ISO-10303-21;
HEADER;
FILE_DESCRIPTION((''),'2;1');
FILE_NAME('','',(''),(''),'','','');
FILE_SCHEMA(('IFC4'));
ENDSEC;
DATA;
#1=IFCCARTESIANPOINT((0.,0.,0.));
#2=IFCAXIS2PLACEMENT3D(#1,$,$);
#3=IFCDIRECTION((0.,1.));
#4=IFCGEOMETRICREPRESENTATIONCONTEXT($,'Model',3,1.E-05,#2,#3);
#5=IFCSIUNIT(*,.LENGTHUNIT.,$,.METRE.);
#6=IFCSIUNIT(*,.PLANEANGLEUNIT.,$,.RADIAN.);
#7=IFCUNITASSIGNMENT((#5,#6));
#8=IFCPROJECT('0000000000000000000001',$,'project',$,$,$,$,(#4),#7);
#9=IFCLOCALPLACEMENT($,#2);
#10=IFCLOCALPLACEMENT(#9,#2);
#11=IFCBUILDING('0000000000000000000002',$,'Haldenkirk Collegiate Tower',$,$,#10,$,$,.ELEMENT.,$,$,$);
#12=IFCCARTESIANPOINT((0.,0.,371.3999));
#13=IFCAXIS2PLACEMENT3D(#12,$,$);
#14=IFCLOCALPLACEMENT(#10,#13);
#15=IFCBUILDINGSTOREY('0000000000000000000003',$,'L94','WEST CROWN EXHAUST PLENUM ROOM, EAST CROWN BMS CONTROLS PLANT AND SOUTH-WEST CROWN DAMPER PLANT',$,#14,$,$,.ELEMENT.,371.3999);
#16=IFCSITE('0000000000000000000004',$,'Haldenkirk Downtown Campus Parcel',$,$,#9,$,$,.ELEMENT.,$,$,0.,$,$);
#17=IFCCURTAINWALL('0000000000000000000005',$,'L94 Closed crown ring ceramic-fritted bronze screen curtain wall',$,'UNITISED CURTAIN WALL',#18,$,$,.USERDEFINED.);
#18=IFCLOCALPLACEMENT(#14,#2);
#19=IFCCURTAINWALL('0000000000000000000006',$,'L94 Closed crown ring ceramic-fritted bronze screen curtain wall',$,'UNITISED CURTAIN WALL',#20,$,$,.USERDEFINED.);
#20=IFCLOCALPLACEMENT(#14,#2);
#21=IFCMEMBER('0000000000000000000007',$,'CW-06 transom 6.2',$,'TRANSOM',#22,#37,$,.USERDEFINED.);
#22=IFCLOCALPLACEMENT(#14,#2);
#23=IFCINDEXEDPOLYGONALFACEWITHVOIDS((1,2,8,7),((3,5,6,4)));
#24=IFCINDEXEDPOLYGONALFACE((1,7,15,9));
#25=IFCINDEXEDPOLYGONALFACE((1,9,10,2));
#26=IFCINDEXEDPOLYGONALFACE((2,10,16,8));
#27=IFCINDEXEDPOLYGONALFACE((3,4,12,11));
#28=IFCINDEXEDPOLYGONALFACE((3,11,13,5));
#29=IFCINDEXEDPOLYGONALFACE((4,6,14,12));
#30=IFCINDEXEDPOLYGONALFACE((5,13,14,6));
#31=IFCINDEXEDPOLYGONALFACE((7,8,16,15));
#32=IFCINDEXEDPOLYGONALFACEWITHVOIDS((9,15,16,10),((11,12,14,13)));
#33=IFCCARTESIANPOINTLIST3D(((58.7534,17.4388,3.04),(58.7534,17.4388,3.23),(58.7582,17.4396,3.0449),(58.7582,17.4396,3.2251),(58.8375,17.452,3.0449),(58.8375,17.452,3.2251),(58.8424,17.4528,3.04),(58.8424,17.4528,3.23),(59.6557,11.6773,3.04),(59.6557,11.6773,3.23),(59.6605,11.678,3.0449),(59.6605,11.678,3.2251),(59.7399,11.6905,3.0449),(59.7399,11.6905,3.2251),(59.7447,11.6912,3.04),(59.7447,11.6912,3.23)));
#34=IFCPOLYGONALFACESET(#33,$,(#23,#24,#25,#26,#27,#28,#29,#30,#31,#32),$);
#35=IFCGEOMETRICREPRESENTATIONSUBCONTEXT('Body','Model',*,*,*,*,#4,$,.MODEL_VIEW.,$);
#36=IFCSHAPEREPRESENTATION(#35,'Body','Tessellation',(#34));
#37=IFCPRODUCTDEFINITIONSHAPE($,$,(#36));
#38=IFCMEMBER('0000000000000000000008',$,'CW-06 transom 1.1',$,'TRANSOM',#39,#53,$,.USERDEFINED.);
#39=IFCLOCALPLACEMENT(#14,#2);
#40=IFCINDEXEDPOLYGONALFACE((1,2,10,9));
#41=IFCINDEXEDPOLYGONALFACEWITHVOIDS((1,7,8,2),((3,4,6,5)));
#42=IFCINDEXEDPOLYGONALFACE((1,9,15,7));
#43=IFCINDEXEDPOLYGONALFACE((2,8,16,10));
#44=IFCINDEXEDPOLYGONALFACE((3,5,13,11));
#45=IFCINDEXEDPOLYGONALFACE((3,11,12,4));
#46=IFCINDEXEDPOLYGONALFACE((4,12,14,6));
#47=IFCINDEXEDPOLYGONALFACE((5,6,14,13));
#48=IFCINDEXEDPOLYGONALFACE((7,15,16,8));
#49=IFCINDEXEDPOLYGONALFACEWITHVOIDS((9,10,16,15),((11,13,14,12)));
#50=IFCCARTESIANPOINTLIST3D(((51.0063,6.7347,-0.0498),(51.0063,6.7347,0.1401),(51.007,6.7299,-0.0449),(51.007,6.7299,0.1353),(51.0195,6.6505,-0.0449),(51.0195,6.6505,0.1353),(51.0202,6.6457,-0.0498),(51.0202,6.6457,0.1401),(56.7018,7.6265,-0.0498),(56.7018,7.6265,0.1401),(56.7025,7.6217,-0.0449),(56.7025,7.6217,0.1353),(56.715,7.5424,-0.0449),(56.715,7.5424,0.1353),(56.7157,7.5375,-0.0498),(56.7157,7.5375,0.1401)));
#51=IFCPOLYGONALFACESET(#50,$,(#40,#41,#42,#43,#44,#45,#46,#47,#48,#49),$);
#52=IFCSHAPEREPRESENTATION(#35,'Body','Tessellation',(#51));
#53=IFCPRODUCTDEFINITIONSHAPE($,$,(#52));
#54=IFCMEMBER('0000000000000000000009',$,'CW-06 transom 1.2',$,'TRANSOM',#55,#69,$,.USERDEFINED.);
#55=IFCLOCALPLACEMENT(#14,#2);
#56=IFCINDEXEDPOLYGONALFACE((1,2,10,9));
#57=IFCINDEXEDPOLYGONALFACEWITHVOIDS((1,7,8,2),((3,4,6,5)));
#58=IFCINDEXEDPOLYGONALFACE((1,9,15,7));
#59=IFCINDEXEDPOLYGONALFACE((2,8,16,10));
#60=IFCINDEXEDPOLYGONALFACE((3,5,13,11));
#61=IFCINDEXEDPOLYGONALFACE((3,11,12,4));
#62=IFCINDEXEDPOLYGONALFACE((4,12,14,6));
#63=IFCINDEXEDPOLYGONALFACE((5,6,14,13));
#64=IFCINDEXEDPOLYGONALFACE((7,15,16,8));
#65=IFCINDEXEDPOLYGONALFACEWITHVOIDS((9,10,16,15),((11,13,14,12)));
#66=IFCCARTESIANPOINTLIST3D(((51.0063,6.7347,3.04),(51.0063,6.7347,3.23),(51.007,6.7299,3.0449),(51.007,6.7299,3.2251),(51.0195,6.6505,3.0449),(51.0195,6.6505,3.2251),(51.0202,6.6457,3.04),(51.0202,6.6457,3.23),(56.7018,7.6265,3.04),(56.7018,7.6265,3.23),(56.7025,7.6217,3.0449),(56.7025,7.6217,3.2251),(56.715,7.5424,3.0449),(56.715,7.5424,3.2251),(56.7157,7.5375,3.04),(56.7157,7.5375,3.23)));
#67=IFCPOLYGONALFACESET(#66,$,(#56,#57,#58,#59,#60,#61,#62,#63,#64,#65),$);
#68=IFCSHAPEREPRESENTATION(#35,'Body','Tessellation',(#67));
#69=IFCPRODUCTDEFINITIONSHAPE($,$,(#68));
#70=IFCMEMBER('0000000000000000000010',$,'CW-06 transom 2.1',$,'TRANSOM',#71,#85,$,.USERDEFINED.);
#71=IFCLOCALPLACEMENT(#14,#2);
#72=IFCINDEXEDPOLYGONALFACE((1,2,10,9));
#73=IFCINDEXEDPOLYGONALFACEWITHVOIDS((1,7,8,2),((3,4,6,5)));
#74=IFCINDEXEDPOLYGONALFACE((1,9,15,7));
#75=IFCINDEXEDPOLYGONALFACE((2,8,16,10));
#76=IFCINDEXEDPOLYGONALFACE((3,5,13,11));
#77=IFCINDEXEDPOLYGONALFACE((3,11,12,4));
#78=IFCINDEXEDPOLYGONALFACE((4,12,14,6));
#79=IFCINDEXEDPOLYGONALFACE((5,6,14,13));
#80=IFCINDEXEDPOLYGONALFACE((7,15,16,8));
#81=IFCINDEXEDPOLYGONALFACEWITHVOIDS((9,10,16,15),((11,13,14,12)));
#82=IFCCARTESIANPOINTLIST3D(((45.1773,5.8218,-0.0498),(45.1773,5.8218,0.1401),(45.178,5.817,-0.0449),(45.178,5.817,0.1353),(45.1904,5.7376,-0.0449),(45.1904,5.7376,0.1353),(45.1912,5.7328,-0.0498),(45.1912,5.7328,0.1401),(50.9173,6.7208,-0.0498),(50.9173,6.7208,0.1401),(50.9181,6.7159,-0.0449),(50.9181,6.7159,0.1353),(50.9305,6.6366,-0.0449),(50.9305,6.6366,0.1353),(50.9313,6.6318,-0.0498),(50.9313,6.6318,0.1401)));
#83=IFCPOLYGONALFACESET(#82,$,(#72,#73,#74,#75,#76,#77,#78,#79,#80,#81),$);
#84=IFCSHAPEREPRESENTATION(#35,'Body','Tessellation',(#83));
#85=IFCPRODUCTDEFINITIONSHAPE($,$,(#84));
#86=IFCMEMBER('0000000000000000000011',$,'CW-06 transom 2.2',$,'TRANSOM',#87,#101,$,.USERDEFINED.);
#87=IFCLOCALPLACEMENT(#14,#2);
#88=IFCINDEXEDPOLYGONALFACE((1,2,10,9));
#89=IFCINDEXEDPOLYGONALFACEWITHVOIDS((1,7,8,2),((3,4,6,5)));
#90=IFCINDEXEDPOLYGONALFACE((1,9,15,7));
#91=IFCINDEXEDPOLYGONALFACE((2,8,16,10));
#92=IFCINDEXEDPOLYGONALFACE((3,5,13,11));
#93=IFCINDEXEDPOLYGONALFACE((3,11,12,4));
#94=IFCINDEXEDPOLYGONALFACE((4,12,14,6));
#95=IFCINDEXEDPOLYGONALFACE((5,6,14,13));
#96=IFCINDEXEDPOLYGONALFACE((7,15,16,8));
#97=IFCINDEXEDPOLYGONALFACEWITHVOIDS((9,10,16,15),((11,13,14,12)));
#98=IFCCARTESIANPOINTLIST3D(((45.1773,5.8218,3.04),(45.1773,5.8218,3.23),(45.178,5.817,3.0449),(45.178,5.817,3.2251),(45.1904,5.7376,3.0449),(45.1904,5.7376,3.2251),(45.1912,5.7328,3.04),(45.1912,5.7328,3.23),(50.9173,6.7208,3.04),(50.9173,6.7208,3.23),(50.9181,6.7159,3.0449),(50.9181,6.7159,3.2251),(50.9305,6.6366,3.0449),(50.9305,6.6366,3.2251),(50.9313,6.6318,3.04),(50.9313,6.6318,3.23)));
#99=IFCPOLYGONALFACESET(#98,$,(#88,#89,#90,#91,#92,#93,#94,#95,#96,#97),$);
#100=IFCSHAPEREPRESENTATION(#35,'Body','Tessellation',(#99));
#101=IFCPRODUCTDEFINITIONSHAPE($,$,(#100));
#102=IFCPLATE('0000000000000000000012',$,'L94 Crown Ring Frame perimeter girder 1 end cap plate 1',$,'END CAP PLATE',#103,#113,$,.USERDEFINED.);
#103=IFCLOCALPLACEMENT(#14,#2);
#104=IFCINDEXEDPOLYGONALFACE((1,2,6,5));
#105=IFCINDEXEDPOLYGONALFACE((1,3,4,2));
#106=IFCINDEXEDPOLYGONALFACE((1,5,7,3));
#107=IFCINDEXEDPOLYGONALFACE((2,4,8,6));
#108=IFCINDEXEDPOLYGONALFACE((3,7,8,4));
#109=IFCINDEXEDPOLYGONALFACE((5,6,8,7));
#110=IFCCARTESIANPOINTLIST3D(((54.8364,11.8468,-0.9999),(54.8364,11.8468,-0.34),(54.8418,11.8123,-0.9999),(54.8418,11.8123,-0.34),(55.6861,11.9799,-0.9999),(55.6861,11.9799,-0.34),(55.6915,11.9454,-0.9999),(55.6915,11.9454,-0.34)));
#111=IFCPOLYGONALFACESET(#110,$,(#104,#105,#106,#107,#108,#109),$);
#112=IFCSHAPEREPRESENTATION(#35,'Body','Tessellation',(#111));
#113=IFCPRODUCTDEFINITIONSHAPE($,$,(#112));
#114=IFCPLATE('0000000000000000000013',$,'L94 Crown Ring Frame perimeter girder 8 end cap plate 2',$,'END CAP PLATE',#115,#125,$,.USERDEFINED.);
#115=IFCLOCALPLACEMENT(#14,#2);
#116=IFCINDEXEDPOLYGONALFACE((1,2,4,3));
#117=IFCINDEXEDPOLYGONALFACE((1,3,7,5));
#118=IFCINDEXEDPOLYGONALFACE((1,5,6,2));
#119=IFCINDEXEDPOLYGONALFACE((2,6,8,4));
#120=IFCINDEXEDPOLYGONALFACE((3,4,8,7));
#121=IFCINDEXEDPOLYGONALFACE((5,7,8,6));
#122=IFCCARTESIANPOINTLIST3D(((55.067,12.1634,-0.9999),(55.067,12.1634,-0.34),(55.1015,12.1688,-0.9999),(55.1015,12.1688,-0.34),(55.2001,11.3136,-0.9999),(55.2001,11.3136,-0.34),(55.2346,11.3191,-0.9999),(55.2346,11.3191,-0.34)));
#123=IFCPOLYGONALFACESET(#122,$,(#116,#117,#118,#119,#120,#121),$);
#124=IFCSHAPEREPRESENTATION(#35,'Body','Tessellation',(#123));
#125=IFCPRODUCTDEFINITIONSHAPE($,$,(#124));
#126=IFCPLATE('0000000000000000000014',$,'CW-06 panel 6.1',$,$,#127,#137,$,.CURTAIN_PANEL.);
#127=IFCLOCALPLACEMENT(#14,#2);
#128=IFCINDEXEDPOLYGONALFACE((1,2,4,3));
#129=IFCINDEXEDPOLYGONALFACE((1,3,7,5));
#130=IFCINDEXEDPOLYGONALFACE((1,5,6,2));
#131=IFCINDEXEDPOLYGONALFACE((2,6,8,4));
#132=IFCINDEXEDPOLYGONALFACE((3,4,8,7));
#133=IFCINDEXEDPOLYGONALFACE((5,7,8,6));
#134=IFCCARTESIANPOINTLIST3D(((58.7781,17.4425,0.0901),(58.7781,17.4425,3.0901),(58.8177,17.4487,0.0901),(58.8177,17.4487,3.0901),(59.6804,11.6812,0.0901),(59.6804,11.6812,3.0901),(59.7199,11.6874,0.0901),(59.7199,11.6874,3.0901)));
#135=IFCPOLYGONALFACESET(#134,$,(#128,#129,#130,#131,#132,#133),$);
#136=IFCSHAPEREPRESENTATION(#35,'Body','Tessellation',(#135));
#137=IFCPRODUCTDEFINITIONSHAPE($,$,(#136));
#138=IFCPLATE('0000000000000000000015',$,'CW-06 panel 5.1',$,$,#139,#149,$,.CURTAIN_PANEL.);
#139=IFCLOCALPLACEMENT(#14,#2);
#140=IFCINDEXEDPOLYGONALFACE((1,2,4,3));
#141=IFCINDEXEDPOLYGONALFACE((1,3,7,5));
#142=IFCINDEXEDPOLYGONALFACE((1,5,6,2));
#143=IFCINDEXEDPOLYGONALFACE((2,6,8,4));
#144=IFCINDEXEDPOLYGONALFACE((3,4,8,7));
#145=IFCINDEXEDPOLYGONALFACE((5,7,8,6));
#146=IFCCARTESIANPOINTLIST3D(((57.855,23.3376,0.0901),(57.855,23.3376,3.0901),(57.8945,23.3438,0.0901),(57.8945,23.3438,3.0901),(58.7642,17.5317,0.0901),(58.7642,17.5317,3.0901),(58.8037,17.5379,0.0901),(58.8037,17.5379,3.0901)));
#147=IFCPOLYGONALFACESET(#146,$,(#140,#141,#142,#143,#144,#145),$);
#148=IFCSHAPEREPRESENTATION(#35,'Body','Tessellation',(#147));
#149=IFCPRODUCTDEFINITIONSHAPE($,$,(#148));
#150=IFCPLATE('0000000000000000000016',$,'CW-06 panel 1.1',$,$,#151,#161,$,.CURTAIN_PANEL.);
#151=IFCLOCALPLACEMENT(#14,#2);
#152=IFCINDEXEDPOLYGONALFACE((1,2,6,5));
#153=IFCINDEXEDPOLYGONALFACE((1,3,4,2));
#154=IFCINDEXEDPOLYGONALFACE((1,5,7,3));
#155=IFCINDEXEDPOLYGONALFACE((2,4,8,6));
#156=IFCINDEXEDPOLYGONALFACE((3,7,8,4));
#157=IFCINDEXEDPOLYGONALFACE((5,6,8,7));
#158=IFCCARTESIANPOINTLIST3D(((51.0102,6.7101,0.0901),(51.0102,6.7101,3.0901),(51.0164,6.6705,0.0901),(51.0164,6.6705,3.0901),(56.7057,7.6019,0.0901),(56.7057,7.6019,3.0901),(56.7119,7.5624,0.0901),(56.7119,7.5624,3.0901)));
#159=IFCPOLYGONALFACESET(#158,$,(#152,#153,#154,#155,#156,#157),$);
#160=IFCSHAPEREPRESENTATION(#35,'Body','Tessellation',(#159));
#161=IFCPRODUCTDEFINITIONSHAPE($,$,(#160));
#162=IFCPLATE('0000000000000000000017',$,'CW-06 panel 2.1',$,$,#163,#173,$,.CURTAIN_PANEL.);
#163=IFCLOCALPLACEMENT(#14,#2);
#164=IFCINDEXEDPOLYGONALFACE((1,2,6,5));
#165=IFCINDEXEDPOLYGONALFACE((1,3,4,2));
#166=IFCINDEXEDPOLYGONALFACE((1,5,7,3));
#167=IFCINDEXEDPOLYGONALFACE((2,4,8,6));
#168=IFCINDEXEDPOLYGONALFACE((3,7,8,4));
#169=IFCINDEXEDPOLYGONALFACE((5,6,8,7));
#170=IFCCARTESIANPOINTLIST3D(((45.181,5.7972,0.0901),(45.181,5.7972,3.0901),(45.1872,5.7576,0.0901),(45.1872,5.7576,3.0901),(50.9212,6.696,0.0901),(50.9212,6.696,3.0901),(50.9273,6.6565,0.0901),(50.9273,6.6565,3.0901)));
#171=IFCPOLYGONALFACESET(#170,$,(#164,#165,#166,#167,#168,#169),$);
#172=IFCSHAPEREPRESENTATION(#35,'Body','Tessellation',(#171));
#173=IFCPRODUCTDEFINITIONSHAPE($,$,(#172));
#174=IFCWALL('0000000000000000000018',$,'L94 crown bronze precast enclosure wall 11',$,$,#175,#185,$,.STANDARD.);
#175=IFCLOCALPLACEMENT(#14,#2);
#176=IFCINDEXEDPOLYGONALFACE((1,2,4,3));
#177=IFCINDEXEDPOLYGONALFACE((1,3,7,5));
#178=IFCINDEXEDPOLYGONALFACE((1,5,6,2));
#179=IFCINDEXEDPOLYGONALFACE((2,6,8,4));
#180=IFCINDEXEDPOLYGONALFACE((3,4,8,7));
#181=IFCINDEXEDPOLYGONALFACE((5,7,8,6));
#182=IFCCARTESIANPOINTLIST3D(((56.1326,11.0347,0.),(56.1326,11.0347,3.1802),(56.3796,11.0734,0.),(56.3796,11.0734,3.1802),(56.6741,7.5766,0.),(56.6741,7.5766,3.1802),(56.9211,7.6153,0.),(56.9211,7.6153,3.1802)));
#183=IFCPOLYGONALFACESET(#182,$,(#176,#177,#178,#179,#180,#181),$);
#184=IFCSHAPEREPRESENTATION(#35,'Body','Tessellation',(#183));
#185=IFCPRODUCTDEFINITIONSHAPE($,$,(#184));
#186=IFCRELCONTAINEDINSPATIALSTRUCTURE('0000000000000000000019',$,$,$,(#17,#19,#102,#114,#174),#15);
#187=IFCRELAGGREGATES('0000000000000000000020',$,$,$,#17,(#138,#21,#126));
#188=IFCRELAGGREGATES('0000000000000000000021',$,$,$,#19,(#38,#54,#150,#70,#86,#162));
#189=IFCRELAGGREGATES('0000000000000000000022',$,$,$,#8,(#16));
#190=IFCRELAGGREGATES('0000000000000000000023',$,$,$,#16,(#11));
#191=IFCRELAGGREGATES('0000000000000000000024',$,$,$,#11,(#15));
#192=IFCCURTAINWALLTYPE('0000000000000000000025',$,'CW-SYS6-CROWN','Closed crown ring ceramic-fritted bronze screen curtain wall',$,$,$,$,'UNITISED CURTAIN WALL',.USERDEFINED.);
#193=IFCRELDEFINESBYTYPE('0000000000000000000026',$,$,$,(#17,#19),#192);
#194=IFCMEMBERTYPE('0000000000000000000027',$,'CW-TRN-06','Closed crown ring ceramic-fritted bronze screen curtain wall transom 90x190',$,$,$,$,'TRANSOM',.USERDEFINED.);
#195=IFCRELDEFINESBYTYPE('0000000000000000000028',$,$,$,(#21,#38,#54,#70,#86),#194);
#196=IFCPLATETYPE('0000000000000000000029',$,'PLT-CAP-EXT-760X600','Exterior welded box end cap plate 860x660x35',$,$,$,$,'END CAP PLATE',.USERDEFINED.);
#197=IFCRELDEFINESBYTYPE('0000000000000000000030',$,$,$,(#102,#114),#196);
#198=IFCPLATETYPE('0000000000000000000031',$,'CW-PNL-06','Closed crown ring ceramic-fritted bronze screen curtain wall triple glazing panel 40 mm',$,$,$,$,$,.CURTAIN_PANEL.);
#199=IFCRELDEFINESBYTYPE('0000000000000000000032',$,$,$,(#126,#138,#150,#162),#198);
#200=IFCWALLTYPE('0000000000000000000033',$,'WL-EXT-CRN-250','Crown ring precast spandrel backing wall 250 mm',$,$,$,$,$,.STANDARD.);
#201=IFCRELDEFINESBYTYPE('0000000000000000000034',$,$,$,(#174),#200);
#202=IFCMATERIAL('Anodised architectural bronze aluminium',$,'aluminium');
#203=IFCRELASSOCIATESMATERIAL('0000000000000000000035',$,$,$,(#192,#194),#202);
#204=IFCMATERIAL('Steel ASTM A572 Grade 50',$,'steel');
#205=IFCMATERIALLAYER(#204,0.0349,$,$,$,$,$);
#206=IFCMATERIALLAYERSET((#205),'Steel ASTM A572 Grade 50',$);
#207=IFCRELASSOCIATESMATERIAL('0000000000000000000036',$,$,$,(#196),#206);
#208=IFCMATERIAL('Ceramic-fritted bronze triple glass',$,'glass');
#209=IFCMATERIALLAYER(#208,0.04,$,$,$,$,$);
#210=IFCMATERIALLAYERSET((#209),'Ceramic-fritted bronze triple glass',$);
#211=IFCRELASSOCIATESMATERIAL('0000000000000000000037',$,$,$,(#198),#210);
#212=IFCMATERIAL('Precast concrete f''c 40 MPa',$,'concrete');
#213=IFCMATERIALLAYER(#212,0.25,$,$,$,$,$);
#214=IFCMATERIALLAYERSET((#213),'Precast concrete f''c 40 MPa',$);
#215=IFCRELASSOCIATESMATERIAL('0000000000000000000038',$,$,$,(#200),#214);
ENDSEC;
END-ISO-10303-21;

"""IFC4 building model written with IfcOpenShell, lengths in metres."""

from ifc_helpers import new_model, si_unit, direction, frame, frame_2d, origin, origin_2d, place, context, subcontext, project, spatial, rectangle, hollow_rectangle, extrude, source, transform, mapped, material, layer, layer_set, material_profile, profile_set, type_object, element, aggregate, save


model = new_model("IFC4")

# Units and contexts
model_context = context("Model", 3, precision=1e-05, world=origin(), true_north=direction((0.0, 1.0)))
body_context = subcontext(model_context, "Body", "Model", "MODEL_VIEW")
ifc_project = project(units=[si_unit("LENGTHUNIT", "METRE"), si_unit("PLANEANGLEUNIT", "RADIAN")], contexts=[model_context])

# Site, building, storey
site_placement = place(None, origin())
site = spatial("IfcSite", under=ifc_project, at=site_placement, Name="Haldenkirk Downtown Campus Parcel", CompositionType="ELEMENT", RefElevation=0.0)
building_placement = place(site_placement, origin())
building = spatial("IfcBuilding", under=site, at=building_placement, Name="Haldenkirk Collegiate Tower", CompositionType="ELEMENT")
storey_placement = place(building_placement, frame((0.0, 0.0, 371.3999)))
storey = spatial("IfcBuildingStorey", under=building, at=storey_placement, Name="L94", Description="WEST CROWN EXHAUST PLENUM ROOM, EAST CROWN BMS CONTROLS PLANT AND SOUTH-WEST CROWN DAMPER PLANT", CompositionType="ELEMENT", Elevation=371.3999)

# Shared definitions
ifc_material_1 = material(Name="Steel ASTM A572 Grade 50", Category="steel")

# Curtain walls
ifc_material_2 = material(Name="Anodised architectural bronze aluminium", Category="aluminium")
curtain_wall_type = type_object("IfcCurtainWallType", Name="CW-SYS6-CROWN", Description="Closed crown ring ceramic-fritted bronze screen curtain wall", ElementType="UNITISED CURTAIN WALL", PredefinedType="USERDEFINED", material=ifc_material_2)
curtain_wall_1_placement = place(storey_placement, origin())
curtain_wall_1 = element("IfcCurtainWall", 1, at=curtain_wall_1_placement, inside=storey, type_object=curtain_wall_type, Name="L94 Closed crown ring ceramic-fritted bronze screen curtain wall", ObjectType="UNITISED CURTAIN WALL", PredefinedType="USERDEFINED")
curtain_wall_2_placement = place(storey_placement, origin())
curtain_wall_2 = element("IfcCurtainWall", 2, at=curtain_wall_2_placement, inside=storey, type_object=curtain_wall_type, Name="L94 Closed crown ring ceramic-fritted bronze screen curtain wall", ObjectType="UNITISED CURTAIN WALL", PredefinedType="USERDEFINED")

# Members
ifc_material_profile_1 = material_profile(ifc_material_2, hollow_rectangle(XDim=0.0901, YDim=0.1899, WallThickness=0.0049, at=origin_2d()), Name="CW-TRN-06")
ifc_profile_set_1 = profile_set([ifc_material_profile_1], Name="Anodised architectural bronze aluminium")
member_type_1 = type_object("IfcMemberType", Name="CW-TRN-06", Description="Closed crown ring ceramic-fritted bronze screen curtain wall transom 90x190", ElementType="TRANSOM", PredefinedType="USERDEFINED", material=ifc_profile_set_1)
member_1_placement = place(storey_placement, frame((58.7979, 17.4458, 3.135), z_axis=(0.154731, -0.987957, 0.0), x_axis=(0.987957, 0.154731, 0.0)))
member_1 = element("IfcMember", 3, at=member_1_placement, type_object=member_type_1, Name="CW-06 transom 6.2", ObjectType="TRANSOM", PredefinedType="USERDEFINED", context=body_context, shape_type="SweptSolid", body=[
    extrude(hollow_rectangle(XDim=0.0901, YDim=0.1899, WallThickness=0.0049, at=origin_2d()), origin(), (0.0, 0.0, 1.0), 5.8318),
])
member_2_placement = place(storey_placement, frame((56.7087, 7.582, 0.0452), z_axis=(-0.987961, -0.154701, 0.0), x_axis=(0.154701, -0.987961, 0.0)))
member_2 = element("IfcMember", 4, at=member_2_placement, type_object=member_type_1, Name="CW-06 transom 1.1", ObjectType="TRANSOM", PredefinedType="USERDEFINED", context=body_context, shape_type="SweptSolid", body=[
    extrude(hollow_rectangle(XDim=0.0901, YDim=0.1899, WallThickness=0.0049, at=origin_2d()), origin(), (0.0, 0.0, 1.0), 5.7649),
])
member_3_placement = place(storey_placement, frame((56.7087, 7.582, 3.135), z_axis=(-0.987961, -0.154701, 0.0), x_axis=(0.154701, -0.987961, 0.0)))
member_3 = element("IfcMember", 5, at=member_3_placement, type_object=member_type_1, Name="CW-06 transom 1.2", ObjectType="TRANSOM", PredefinedType="USERDEFINED", context=body_context, shape_type="SweptSolid", body=[
    extrude(hollow_rectangle(XDim=0.0901, YDim=0.1899, WallThickness=0.0049, at=origin_2d()), origin(), (0.0, 0.0, 1.0), 5.7649),
])
member_4_placement = place(storey_placement, frame((50.9243, 6.6763, 0.0452), z_axis=(-0.987958, -0.154722, 0.0), x_axis=(0.154722, -0.987958, 0.0)))
member_4 = element("IfcMember", 6, at=member_4_placement, type_object=member_type_1, Name="CW-06 transom 2.1", ObjectType="TRANSOM", PredefinedType="USERDEFINED", context=body_context, shape_type="SweptSolid", body=[
    extrude(hollow_rectangle(XDim=0.0901, YDim=0.1899, WallThickness=0.0049, at=origin_2d()), origin(), (0.0, 0.0, 1.0), 5.8101),
])
member_5_placement = place(storey_placement, frame((50.9243, 6.6763, 3.135), z_axis=(-0.987958, -0.154722, 0.0), x_axis=(0.154722, -0.987958, 0.0)))
member_5 = element("IfcMember", 7, at=member_5_placement, type_object=member_type_1, Name="CW-06 transom 2.2", ObjectType="TRANSOM", PredefinedType="USERDEFINED", context=body_context, shape_type="SweptSolid", body=[
    extrude(hollow_rectangle(XDim=0.0901, YDim=0.1899, WallThickness=0.0049, at=origin_2d()), origin(), (0.0, 0.0, 1.0), 5.8101),
])

# Plates
ifc_layer_1 = layer(ifc_material_1, 0.0349)
ifc_layer_set_1 = layer_set([ifc_layer_1], Name="Steel ASTM A572 Grade 50")
plate_type_1 = type_object("IfcPlateType", Name="PLT-CAP-EXT-760X600", Description="Exterior welded box end cap plate 860x660x35", ElementType="END CAP PLATE", PredefinedType="USERDEFINED", material=ifc_layer_set_1)
shared_shape_1 = source(origin(), body_context, "Body", "SweptSolid", [
    extrude(rectangle(XDim=0.8601, YDim=0.6599, at=origin_2d()), origin(), (0.0, 0.0, 1.0), 0.0349),
])
for number, where, z_axis, x_axis, name in (
    (8, (55.2612, 11.9133, -0.6699), (0.154711, -0.98796, 0.0), (0.98796, 0.154711, 0.0), "L94 Crown Ring Frame perimeter girder 1 end cap plate 1"),
    (9, (55.1335, 11.7385, -0.6699), (0.987959, 0.154713, 0.0), (-0.154713, 0.987959, 0.0), "L94 Crown Ring Frame perimeter girder 8 end cap plate 2"),
):
    element("IfcPlate", number, at=place(storey_placement, frame(where, z_axis=z_axis, x_axis=x_axis)), inside=storey, type_object=plate_type_1, Name=name, ObjectType="END CAP PLATE", PredefinedType="USERDEFINED", context=body_context, shape_type="MappedRepresentation", body=[
        mapped(shared_shape_1, transform((0.0, 0.0, 0.0), x_axis=(1.0, 0.0, 0.0), y_axis=(0.0, 1.0, 0.0), z_axis=(0.0, 0.0, 1.0), scale=1.0)),
    ])

# Plates
ifc_material_3 = material(Name="Ceramic-fritted bronze triple glass", Category="glass")
ifc_layer_2 = layer(ifc_material_3, 0.04)
ifc_layer_set_2 = layer_set([ifc_layer_2], Name="Ceramic-fritted bronze triple glass")
plate_type_2 = type_object("IfcPlateType", Name="CW-PNL-06", Description="Closed crown ring ceramic-fritted bronze screen curtain wall triple glazing panel 40 mm", PredefinedType="CURTAIN_PANEL", material=ifc_layer_set_2)
shared_shape_2 = source(origin(), body_context, "Body", "SweptSolid", [
    extrude(rectangle(XDim=5.8315, YDim=0.04, at=origin_2d()), origin(), (0.0, 0.0, 1.0), 3.0),
])
plate_1_placement = place(storey_placement, frame((59.249, 14.5649, 0.0901), z_axis=(0.0, 0.0, 1.0), x_axis=(0.154713, -0.98796, 0.0)))
plate_1 = element("IfcPlate", 10, at=plate_1_placement, type_object=plate_type_2, Name="CW-06 panel 6.1", PredefinedType="CURTAIN_PANEL", context=body_context, shape_type="MappedRepresentation", body=[
    mapped(shared_shape_2, transform((0.0, 0.0, 0.0), x_axis=(1.0, 0.0, 0.0), y_axis=(0.0, 1.0, 0.0), z_axis=(0.0, 0.0, 1.0), scale=1.0)),
])
shared_shape_3 = source(origin(), body_context, "Body", "SweptSolid", [
    extrude(rectangle(XDim=5.8767, YDim=0.04, at=origin_2d()), origin(), (0.0, 0.0, 1.0), 3.0),
])
plate_2_placement = place(storey_placement, frame((58.3293, 20.4377, 0.0901), z_axis=(0.0, 0.0, 1.0), x_axis=(0.154713, -0.98796, 0.0)))
plate_2 = element("IfcPlate", 11, at=plate_2_placement, type_object=plate_type_2, Name="CW-06 panel 5.1", PredefinedType="CURTAIN_PANEL", context=body_context, shape_type="MappedRepresentation", body=[
    mapped(shared_shape_3, transform((0.0, 0.0, 0.0), x_axis=(1.0, 0.0, 0.0), y_axis=(0.0, 1.0, 0.0), z_axis=(0.0, 0.0, 1.0), scale=1.0)),
])
aggregate(curtain_wall_1, [plate_2, member_1, plate_1])
shared_shape_4 = source(origin(), body_context, "Body", "SweptSolid", [
    extrude(rectangle(XDim=5.7649, YDim=0.04, at=origin_2d()), origin(), (0.0, 0.0, 1.0), 3.0),
])
plate_3_placement = place(storey_placement, frame((53.8611, 7.1362, 0.0901), z_axis=(0.0, 0.0, 1.0), x_axis=(-0.98796, -0.154709, 0.0)))
plate_3 = element("IfcPlate", 12, at=plate_3_placement, type_object=plate_type_2, Name="CW-06 panel 1.1", PredefinedType="CURTAIN_PANEL", context=body_context, shape_type="MappedRepresentation", body=[
    mapped(shared_shape_4, transform((0.0, 0.0, 0.0), x_axis=(1.0, 0.0, 0.0), y_axis=(0.0, 1.0, 0.0), z_axis=(0.0, 0.0, 1.0), scale=1.0)),
])
shared_shape_5 = source(origin(), body_context, "Body", "SweptSolid", [
    extrude(rectangle(XDim=5.8101, YDim=0.04, at=origin_2d()), origin(), (0.0, 0.0, 1.0), 3.0),
])
plate_4_placement = place(storey_placement, frame((48.0542, 6.2268, 0.0901), z_axis=(0.0, 0.0, 1.0), x_axis=(-0.98796, -0.154709, 0.0)))
plate_4 = element("IfcPlate", 13, at=plate_4_placement, type_object=plate_type_2, Name="CW-06 panel 2.1", PredefinedType="CURTAIN_PANEL", context=body_context, shape_type="MappedRepresentation", body=[
    mapped(shared_shape_5, transform((0.0, 0.0, 0.0), x_axis=(1.0, 0.0, 0.0), y_axis=(0.0, 1.0, 0.0), z_axis=(0.0, 0.0, 1.0), scale=1.0)),
])
aggregate(curtain_wall_2, [member_2, member_3, plate_3, member_4, member_5, plate_4])

# Wall
ifc_material_4 = material(Name="Precast concrete f'c 40 MPa", Category="concrete")
ifc_layer_3 = layer(ifc_material_4, 0.25)
ifc_layer_set_3 = layer_set([ifc_layer_3], Name="Precast concrete f'c 40 MPa")
wall_type_1 = type_object("IfcWallType", Name="WL-EXT-CRN-250", Description="Crown ring precast spandrel backing wall 250 mm", PredefinedType="STANDARD", material=ifc_layer_set_3)
for number, where, z_axis, x_axis, name in (
    (14, (56.2561, 11.054, 0.0), (0.0, 0.0, 1.0), (0.154709, -0.98796, 0.0), "L94 crown bronze precast enclosure wall 11"),
):
    element("IfcWall", number, at=place(storey_placement, frame(where, z_axis=z_axis, x_axis=x_axis)), inside=storey, type_object=wall_type_1, Name=name, PredefinedType="STANDARD", context=body_context, shape_type="SweptSolid", body=[
        extrude(rectangle(XDim=3.5002, YDim=0.25, at=frame_2d((1.75, 0.0))), origin(), (0.0, 0.0, 1.0), 3.1802),
    ])

save(model, "model.ifc")
